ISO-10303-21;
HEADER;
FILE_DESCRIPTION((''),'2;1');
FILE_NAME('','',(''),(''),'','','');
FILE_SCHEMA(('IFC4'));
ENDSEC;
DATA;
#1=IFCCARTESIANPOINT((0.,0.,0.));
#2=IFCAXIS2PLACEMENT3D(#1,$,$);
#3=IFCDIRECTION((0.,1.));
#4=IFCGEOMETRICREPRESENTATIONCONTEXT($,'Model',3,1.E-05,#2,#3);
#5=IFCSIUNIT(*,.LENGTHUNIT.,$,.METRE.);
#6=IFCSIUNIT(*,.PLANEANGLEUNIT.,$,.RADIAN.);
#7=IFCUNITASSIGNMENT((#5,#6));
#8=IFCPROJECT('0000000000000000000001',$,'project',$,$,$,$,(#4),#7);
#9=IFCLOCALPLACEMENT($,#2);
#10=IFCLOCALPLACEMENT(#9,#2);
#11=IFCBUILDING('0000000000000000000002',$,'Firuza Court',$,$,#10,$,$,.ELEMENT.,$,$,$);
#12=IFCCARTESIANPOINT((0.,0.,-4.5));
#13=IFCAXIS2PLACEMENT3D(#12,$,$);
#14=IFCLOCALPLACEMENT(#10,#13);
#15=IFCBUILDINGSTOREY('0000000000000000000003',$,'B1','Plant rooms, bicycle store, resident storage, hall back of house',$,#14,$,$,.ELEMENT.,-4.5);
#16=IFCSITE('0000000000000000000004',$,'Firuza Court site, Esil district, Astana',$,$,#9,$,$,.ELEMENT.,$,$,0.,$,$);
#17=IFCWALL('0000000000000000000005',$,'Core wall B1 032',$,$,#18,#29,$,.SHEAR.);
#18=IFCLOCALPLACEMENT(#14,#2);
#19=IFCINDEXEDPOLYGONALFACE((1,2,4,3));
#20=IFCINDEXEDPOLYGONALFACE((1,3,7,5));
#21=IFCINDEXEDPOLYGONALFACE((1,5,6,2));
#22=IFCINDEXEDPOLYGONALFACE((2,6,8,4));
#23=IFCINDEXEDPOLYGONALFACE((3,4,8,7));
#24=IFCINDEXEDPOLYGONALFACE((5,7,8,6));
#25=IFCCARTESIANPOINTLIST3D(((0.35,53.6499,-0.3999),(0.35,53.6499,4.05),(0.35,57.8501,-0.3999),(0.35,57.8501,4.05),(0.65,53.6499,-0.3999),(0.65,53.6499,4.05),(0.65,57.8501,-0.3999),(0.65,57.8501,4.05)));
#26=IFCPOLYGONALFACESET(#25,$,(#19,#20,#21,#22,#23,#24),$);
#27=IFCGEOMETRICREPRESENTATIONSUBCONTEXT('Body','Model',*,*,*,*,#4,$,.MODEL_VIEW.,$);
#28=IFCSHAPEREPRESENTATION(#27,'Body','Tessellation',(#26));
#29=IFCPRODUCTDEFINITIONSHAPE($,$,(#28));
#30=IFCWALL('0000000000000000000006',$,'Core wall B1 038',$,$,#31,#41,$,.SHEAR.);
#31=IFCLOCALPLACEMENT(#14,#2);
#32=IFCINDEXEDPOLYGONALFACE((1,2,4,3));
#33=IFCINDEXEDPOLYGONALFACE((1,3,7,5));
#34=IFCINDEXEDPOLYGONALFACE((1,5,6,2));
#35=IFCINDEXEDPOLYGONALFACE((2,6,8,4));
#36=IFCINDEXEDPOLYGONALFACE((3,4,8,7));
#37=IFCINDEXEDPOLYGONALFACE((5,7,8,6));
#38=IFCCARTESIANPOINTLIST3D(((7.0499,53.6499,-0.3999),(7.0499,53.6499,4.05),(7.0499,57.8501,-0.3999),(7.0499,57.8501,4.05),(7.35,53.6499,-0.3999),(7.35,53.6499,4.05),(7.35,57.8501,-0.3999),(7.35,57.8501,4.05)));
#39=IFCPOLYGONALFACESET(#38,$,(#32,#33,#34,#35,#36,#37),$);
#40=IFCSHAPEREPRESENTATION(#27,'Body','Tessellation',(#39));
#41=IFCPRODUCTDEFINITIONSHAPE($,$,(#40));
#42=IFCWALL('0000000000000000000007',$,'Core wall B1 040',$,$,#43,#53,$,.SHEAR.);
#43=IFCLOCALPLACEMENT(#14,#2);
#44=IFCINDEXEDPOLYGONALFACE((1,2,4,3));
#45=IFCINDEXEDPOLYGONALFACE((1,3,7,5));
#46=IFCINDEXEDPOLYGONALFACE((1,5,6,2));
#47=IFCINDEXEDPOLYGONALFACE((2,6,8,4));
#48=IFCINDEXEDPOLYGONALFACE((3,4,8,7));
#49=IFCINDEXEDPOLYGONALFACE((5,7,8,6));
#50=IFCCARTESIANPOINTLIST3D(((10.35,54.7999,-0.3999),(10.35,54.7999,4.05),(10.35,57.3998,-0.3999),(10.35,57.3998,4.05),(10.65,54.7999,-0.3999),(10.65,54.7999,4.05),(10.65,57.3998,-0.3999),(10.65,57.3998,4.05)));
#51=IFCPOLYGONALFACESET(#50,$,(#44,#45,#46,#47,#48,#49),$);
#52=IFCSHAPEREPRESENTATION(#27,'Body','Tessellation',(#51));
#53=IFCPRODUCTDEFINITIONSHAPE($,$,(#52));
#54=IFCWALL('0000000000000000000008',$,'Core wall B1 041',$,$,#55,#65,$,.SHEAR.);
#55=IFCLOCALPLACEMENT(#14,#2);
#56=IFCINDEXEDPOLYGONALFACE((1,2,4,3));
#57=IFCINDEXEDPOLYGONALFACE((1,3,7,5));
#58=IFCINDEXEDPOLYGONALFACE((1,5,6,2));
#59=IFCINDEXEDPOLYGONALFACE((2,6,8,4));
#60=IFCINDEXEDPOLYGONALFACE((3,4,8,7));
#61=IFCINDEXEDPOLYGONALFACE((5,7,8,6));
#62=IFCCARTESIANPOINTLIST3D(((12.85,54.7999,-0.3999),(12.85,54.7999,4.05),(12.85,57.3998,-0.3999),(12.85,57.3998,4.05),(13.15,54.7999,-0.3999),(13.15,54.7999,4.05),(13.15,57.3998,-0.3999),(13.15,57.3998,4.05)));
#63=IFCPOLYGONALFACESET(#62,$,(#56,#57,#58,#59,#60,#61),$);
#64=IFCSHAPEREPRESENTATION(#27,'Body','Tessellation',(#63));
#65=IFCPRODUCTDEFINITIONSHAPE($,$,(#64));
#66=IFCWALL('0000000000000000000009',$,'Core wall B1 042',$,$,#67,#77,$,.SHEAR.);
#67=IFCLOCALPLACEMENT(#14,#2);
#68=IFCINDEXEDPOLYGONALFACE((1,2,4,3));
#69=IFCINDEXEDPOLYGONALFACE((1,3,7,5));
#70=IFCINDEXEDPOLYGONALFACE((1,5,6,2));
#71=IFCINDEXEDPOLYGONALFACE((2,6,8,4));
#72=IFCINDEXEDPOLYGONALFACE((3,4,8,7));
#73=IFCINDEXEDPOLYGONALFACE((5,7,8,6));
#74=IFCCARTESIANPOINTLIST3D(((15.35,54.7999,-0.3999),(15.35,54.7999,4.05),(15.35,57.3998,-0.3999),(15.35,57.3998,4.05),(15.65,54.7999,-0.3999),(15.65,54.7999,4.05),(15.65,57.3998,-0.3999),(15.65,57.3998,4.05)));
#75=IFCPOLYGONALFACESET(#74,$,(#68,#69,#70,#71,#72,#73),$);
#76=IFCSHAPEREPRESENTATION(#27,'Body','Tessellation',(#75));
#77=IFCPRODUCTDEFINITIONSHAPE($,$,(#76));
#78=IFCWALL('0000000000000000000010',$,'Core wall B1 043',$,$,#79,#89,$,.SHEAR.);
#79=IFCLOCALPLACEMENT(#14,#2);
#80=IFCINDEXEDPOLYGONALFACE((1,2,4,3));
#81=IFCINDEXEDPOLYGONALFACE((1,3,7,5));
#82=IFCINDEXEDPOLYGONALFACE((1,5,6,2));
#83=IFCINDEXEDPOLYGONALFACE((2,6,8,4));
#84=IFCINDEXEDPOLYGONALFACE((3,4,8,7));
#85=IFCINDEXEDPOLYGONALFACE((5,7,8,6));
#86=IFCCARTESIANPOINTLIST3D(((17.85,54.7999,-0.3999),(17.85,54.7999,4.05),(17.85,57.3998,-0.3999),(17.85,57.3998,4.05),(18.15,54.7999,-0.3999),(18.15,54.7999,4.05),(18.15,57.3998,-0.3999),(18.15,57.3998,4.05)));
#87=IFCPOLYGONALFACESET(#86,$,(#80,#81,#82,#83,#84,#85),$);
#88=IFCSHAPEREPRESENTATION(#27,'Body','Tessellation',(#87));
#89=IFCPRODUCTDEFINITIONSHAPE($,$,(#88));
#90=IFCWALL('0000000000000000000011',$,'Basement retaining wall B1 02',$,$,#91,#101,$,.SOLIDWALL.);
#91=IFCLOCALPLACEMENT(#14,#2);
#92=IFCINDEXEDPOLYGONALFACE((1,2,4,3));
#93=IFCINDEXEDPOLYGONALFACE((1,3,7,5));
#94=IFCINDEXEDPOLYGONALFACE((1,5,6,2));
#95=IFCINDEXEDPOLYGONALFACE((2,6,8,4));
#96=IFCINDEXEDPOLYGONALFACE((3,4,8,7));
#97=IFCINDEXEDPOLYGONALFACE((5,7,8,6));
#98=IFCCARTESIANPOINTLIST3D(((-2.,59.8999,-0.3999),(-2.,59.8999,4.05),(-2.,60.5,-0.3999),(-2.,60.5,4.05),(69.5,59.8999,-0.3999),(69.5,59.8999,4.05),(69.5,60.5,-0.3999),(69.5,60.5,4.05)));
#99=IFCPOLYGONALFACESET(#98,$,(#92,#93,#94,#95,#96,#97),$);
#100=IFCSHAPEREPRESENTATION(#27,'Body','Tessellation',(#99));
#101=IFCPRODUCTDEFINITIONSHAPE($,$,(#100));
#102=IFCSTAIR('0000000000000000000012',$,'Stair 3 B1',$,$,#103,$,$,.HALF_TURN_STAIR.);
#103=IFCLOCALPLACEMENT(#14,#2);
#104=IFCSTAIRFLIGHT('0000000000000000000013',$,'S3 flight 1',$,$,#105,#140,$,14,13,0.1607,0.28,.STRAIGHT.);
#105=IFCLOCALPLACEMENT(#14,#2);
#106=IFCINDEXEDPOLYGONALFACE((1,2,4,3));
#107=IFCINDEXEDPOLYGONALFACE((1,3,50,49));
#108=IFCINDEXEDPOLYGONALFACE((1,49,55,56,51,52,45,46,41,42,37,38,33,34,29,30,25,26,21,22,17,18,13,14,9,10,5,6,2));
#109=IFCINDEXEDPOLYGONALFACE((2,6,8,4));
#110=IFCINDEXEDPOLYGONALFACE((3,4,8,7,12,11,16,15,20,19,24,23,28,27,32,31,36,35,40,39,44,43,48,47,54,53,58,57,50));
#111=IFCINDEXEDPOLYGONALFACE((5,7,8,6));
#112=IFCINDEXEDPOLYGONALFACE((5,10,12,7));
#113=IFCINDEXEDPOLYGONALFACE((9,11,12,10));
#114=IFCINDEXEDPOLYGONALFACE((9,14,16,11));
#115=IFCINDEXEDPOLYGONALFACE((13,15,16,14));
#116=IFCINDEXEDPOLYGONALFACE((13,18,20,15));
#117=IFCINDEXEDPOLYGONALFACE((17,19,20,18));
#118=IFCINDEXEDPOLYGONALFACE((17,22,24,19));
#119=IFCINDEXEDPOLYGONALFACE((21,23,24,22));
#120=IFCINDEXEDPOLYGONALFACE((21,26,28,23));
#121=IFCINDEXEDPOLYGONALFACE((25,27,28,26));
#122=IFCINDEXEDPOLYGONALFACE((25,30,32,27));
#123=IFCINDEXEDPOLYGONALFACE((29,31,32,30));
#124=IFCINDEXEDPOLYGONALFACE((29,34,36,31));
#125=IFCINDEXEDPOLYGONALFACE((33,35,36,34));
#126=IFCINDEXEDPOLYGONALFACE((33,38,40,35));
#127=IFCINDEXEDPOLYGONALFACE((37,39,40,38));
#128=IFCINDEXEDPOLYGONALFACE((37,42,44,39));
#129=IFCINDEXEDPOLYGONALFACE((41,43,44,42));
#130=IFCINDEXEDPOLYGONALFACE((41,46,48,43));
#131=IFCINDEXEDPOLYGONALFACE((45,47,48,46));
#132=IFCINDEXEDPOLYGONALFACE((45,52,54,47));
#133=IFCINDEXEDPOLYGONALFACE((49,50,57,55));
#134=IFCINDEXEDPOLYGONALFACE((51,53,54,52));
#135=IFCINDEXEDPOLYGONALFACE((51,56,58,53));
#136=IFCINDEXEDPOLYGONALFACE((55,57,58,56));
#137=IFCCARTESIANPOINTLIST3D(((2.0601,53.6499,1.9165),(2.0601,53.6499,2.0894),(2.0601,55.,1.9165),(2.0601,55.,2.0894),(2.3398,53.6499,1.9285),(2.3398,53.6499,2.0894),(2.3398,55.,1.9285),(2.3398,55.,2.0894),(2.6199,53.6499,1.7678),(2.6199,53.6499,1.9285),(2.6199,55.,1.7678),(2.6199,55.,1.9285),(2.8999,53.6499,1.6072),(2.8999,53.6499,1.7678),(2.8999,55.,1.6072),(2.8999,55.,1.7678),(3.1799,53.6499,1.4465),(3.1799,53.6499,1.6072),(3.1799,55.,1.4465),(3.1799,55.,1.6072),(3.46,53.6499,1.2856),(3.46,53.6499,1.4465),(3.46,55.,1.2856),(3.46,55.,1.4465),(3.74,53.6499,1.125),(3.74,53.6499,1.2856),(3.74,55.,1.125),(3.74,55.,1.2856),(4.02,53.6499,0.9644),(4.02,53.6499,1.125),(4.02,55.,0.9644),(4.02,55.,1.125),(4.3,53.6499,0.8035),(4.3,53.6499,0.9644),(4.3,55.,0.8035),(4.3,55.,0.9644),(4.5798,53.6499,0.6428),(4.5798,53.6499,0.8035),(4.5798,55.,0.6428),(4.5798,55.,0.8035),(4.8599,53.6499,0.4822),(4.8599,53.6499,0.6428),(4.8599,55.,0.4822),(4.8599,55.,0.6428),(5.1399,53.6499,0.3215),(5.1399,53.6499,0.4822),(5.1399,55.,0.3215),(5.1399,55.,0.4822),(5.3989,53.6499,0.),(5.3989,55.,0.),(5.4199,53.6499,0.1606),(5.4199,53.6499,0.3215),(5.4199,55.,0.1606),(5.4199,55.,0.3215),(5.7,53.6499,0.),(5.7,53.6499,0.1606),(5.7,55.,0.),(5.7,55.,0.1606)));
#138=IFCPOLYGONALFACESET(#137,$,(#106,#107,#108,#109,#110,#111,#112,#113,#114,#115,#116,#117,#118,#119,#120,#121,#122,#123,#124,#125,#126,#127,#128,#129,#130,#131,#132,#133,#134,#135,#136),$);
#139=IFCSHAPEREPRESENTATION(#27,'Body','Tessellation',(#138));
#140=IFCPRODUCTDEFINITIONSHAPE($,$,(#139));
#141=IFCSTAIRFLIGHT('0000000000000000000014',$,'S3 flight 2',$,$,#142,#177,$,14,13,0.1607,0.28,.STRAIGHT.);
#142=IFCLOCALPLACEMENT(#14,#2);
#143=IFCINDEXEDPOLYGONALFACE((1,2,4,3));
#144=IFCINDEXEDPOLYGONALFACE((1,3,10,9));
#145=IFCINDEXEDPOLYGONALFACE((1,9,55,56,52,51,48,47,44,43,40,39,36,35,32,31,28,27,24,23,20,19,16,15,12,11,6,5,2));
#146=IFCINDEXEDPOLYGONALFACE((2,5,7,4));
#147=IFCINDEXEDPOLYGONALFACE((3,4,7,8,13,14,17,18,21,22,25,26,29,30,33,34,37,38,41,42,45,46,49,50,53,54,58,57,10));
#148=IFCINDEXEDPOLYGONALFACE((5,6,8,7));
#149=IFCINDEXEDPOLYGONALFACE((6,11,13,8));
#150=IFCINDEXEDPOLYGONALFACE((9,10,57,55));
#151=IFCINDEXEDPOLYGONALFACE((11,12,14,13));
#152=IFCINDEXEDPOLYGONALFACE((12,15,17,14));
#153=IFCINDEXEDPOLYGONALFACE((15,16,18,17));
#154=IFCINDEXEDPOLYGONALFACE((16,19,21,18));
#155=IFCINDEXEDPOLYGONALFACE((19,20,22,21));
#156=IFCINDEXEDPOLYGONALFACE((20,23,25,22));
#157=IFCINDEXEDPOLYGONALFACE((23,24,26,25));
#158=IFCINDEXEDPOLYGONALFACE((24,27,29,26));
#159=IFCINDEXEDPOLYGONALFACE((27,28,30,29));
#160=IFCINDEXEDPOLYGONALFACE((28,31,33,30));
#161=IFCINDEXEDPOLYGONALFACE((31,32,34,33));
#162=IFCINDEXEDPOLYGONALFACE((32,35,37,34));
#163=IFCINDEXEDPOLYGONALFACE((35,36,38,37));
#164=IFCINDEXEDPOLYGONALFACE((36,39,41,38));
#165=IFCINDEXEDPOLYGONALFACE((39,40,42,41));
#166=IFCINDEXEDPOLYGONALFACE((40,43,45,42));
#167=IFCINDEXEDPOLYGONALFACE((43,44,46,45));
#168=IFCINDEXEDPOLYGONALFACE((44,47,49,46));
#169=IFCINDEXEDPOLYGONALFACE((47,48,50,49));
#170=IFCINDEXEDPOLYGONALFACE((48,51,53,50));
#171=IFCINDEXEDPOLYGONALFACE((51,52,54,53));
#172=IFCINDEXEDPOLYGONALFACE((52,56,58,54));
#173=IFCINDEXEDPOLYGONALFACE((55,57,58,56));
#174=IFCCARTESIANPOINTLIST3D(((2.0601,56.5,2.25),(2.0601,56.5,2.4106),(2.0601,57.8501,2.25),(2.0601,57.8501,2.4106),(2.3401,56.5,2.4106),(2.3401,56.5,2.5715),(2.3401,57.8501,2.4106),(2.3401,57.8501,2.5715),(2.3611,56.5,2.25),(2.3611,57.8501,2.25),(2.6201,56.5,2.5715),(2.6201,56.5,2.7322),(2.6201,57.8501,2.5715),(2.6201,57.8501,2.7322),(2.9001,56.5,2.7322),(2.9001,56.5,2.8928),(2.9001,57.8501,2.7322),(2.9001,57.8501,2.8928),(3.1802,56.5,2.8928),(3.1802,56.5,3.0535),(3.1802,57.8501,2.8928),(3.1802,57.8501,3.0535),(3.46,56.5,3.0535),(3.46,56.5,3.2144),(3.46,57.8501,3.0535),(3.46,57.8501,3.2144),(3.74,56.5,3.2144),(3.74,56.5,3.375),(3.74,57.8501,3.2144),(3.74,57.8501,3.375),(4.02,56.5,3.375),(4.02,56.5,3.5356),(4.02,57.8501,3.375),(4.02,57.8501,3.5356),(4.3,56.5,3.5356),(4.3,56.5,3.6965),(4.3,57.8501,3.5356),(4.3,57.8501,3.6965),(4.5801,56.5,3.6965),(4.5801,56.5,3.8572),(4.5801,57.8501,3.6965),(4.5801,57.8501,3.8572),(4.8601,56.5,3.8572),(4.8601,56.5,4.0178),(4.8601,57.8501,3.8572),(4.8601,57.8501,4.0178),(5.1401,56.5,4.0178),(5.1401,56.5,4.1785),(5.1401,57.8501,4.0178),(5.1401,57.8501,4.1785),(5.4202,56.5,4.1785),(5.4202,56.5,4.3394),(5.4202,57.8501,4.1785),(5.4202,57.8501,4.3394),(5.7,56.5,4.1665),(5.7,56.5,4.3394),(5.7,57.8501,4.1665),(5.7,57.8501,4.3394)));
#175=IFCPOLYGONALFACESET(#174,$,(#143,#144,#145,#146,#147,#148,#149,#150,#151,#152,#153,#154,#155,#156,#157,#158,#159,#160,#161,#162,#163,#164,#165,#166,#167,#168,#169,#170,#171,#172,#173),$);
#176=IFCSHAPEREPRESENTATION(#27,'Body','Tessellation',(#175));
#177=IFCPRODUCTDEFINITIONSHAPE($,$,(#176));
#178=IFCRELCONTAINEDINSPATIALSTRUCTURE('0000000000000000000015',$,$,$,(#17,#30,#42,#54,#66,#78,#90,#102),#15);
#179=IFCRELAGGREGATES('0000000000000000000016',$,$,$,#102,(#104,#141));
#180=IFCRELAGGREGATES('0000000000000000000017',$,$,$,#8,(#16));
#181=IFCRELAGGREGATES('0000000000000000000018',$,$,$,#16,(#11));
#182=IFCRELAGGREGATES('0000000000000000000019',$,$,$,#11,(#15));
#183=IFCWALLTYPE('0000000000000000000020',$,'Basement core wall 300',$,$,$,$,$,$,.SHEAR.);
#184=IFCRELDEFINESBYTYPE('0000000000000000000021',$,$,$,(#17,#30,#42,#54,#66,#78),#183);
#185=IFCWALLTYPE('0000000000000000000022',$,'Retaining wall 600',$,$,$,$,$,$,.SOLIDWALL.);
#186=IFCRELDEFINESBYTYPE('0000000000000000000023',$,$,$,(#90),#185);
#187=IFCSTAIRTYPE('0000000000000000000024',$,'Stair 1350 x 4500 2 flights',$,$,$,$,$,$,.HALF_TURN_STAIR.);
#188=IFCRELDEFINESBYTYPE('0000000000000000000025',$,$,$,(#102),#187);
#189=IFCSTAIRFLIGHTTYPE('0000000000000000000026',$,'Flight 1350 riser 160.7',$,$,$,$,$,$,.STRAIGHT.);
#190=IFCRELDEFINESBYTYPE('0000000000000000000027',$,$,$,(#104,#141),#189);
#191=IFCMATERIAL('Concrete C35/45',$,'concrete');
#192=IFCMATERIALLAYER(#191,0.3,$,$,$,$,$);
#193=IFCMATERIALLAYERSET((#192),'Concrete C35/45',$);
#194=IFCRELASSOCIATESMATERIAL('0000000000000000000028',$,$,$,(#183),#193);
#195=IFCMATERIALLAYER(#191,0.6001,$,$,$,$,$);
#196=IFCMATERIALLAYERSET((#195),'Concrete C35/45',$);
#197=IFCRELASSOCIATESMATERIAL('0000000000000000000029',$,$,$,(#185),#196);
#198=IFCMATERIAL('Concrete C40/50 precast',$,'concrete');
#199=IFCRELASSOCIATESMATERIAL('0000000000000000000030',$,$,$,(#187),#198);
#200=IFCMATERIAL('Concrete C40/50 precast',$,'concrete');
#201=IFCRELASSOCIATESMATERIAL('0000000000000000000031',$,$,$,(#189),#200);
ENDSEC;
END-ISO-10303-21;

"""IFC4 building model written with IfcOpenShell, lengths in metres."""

from ifc_helpers import new_model, si_unit, direction, frame, frame_2d, origin, place, context, subcontext, project, spatial, polyline, rectangle, outline, extrude, material, layer, layer_set, type_object, element, aggregate, save


model = new_model("IFC4")

# Units and contexts
model_context = context("Model", 3, precision=1e-05, world=origin(), true_north=direction((0.0, 1.0)))
body_context = subcontext(model_context, "Body", "Model", "MODEL_VIEW")
ifc_project = project(units=[si_unit("LENGTHUNIT", "METRE"), si_unit("PLANEANGLEUNIT", "RADIAN")], contexts=[model_context])

# Site, building, storey
site_placement = place(None, origin())
site = spatial("IfcSite", under=ifc_project, at=site_placement, Name="Firuza Court site, Esil district, Astana", CompositionType="ELEMENT", RefElevation=0.0)
building_placement = place(site_placement, origin())
building = spatial("IfcBuilding", under=site, at=building_placement, Name="Firuza Court", CompositionType="ELEMENT")
storey_placement = place(building_placement, frame((0.0, 0.0, -4.5)))
storey = spatial("IfcBuildingStorey", under=building, at=storey_placement, Name="B1", Description="Plant rooms, bicycle store, resident storage, hall back of house", CompositionType="ELEMENT", Elevation=-4.5)

# Shared definitions
ifc_material_1 = material(Name="Concrete C35/45", Category="concrete")

# Walls
ifc_layer_1 = layer(ifc_material_1, 0.3)
ifc_layer_set_1 = layer_set([ifc_layer_1], Name="Concrete C35/45")
wall_type_1 = type_object("IfcWallType", Name="Basement core wall 300", PredefinedType="SHEAR", material=ifc_layer_set_1)
for number, where, z_axis, x_axis, name in (
    (1, (0.5, 53.6499, -0.3999), (0.0, 0.0, 1.0), (0.0, 1.0, 0.0), "Core wall B1 032"),
    (2, (7.2, 53.6499, -0.3999), (0.0, 0.0, 1.0), (0.0, 1.0, 0.0), "Core wall B1 038"),
):
    element("IfcWall", number, at=place(storey_placement, frame(where, z_axis=z_axis, x_axis=x_axis)), inside=storey, type_object=wall_type_1, Name=name, PredefinedType="SHEAR", context=body_context, shape_type="SweptSolid", body=[
        extrude(rectangle(XDim=4.2002, YDim=0.3, at=frame_2d((2.1001, 0.0))), origin(), (0.0, 0.0, 1.0), 4.45),
    ])
for number, where, z_axis, x_axis, name in (
    (3, (10.5, 54.8, -0.3999), (0.0, 0.0, 1.0), (0.0, 1.0, 0.0), "Core wall B1 040"),
    (4, (13.0, 54.8, -0.3999), (0.0, 0.0, 1.0), (0.0, 1.0, 0.0), "Core wall B1 041"),
    (5, (15.5, 54.8, -0.3999), (0.0, 0.0, 1.0), (0.0, 1.0, 0.0), "Core wall B1 042"),
    (6, (18.0, 54.8, -0.3999), (0.0, 0.0, 1.0), (0.0, 1.0, 0.0), "Core wall B1 043"),
):
    element("IfcWall", number, at=place(storey_placement, frame(where, z_axis=z_axis, x_axis=x_axis)), inside=storey, type_object=wall_type_1, Name=name, PredefinedType="SHEAR", context=body_context, shape_type="SweptSolid", body=[
        extrude(rectangle(XDim=2.5999, YDim=0.3, at=frame_2d((1.2998, 0.0))), origin(), (0.0, 0.0, 1.0), 4.45),
    ])
ifc_layer_2 = layer(ifc_material_1, 0.6001)
ifc_layer_set_2 = layer_set([ifc_layer_2], Name="Concrete C35/45")
wall_type_2 = type_object("IfcWallType", Name="Retaining wall 600", PredefinedType="SOLIDWALL", material=ifc_layer_set_2)
wall_1_placement = place(storey_placement, frame((-2.0, 60.2, -0.3999), z_axis=(0.0, 0.0, 1.0), x_axis=(1.0, 0.0, 0.0)))
element("IfcWall", 7, at=wall_1_placement, inside=storey, type_object=wall_type_2, Name="Basement retaining wall B1 02", PredefinedType="SOLIDWALL", context=body_context, shape_type="SweptSolid", body=[
    extrude(rectangle(XDim=71.5, YDim=0.6001, at=frame_2d((35.75, 0.0))), origin(), (0.0, 0.0, 1.0), 4.45),
])

# Stair, stair flights
ifc_material_2 = material(Name="Concrete C40/50 precast", Category="concrete")
stair_type = type_object("IfcStairType", Name="Stair 1350 x 4500 2 flights", PredefinedType="HALF_TURN_STAIR", material=ifc_material_2)
stair_placement = place(storey_placement, origin())
stair = element("IfcStair", 8, at=stair_placement, inside=storey, type_object=stair_type, Name="Stair 3 B1", PredefinedType="HALF_TURN_STAIR")
ifc_material_3 = material(Name="Concrete C40/50 precast", Category="concrete")
stair_flight_type = type_object("IfcStairFlightType", Name="Flight 1350 riser 160.7", PredefinedType="STRAIGHT", material=ifc_material_3)
stair_flight_1_placement = place(storey_placement, frame((5.7, 54.325, 0.0), z_axis=(0.0, 0.0, 1.0), x_axis=(-1.0, 0.0, 0.0)))
stair_flight_1 = element("IfcStairFlight", 9, at=stair_flight_1_placement, type_object=stair_flight_type, Name="S3 flight 1", NumberOfRisers=14, NumberOfTreads=13, PredefinedType="STRAIGHT", RiserHeight=0.1607, TreadLength=0.28, context=body_context, shape_type="SweptSolid", body=[
    extrude(outline(polyline([(0.0, 0.0), (0.0, 0.1606), (0.28, 0.1606), (0.28, 0.3215), (0.5601, 0.3215), (0.5601, 0.4822), (0.8401, 0.4822), (0.8401, 0.6428), (1.1201, 0.6428), (1.1201, 0.8035), (1.3999, 0.8035), (1.3999, 0.9644), (1.6799, 0.9644), (1.6799, 1.125), (1.96, 1.125), (1.96, 1.2856), (2.24, 1.2856), (2.24, 1.4465), (2.52, 1.4465), (2.52, 1.6072), (2.8, 1.6072), (2.8, 1.7678), (3.0801, 1.7678), (3.0801, 1.9285), (3.3601, 1.9285), (3.3601, 2.0894), (3.6399, 2.0894), (3.6399, 2.25), (3.6399, 1.9165), (0.301, 0.0), (0.0, 0.0)])), frame((0.0, 0.675, 0.0), z_axis=(0.0, -1.0, 0.0), x_axis=(1.0, 0.0, 0.0)), (0.0, 0.0, 1.0), 1.3501),
])
stair_flight_2_placement = place(storey_placement, frame((2.0601, 57.175, 2.25), z_axis=(0.0, 0.0, 1.0), x_axis=(1.0, 0.0, 0.0)))
stair_flight_2 = element("IfcStairFlight", 10, at=stair_flight_2_placement, type_object=stair_flight_type, Name="S3 flight 2", NumberOfRisers=14, NumberOfTreads=13, PredefinedType="STRAIGHT", RiserHeight=0.1607, TreadLength=0.28, context=body_context, shape_type="SweptSolid", body=[
    extrude(outline(polyline([(0.0, 0.0), (0.0, 0.1606), (0.28, 0.1606), (0.28, 0.3215), (0.5601, 0.3215), (0.5601, 0.4822), (0.8401, 0.4822), (0.8401, 0.6428), (1.1201, 0.6428), (1.1201, 0.8035), (1.3999, 0.8035), (1.3999, 0.9644), (1.6799, 0.9644), (1.6799, 1.125), (1.96, 1.125), (1.96, 1.2856), (2.24, 1.2856), (2.24, 1.4465), (2.52, 1.4465), (2.52, 1.6072), (2.8, 1.6072), (2.8, 1.7678), (3.0801, 1.7678), (3.0801, 1.9285), (3.3601, 1.9285), (3.3601, 2.0894), (3.6399, 2.0894), (3.6399, 2.25), (3.6399, 1.9165), (0.301, 0.0), (0.0, 0.0)])), frame((0.0, 0.675, 0.0), z_axis=(0.0, -1.0, 0.0), x_axis=(1.0, 0.0, 0.0)), (0.0, 0.0, 1.0), 1.3501),
])
aggregate(stair, [stair_flight_1, stair_flight_2])

save(model, "model.ifc")
